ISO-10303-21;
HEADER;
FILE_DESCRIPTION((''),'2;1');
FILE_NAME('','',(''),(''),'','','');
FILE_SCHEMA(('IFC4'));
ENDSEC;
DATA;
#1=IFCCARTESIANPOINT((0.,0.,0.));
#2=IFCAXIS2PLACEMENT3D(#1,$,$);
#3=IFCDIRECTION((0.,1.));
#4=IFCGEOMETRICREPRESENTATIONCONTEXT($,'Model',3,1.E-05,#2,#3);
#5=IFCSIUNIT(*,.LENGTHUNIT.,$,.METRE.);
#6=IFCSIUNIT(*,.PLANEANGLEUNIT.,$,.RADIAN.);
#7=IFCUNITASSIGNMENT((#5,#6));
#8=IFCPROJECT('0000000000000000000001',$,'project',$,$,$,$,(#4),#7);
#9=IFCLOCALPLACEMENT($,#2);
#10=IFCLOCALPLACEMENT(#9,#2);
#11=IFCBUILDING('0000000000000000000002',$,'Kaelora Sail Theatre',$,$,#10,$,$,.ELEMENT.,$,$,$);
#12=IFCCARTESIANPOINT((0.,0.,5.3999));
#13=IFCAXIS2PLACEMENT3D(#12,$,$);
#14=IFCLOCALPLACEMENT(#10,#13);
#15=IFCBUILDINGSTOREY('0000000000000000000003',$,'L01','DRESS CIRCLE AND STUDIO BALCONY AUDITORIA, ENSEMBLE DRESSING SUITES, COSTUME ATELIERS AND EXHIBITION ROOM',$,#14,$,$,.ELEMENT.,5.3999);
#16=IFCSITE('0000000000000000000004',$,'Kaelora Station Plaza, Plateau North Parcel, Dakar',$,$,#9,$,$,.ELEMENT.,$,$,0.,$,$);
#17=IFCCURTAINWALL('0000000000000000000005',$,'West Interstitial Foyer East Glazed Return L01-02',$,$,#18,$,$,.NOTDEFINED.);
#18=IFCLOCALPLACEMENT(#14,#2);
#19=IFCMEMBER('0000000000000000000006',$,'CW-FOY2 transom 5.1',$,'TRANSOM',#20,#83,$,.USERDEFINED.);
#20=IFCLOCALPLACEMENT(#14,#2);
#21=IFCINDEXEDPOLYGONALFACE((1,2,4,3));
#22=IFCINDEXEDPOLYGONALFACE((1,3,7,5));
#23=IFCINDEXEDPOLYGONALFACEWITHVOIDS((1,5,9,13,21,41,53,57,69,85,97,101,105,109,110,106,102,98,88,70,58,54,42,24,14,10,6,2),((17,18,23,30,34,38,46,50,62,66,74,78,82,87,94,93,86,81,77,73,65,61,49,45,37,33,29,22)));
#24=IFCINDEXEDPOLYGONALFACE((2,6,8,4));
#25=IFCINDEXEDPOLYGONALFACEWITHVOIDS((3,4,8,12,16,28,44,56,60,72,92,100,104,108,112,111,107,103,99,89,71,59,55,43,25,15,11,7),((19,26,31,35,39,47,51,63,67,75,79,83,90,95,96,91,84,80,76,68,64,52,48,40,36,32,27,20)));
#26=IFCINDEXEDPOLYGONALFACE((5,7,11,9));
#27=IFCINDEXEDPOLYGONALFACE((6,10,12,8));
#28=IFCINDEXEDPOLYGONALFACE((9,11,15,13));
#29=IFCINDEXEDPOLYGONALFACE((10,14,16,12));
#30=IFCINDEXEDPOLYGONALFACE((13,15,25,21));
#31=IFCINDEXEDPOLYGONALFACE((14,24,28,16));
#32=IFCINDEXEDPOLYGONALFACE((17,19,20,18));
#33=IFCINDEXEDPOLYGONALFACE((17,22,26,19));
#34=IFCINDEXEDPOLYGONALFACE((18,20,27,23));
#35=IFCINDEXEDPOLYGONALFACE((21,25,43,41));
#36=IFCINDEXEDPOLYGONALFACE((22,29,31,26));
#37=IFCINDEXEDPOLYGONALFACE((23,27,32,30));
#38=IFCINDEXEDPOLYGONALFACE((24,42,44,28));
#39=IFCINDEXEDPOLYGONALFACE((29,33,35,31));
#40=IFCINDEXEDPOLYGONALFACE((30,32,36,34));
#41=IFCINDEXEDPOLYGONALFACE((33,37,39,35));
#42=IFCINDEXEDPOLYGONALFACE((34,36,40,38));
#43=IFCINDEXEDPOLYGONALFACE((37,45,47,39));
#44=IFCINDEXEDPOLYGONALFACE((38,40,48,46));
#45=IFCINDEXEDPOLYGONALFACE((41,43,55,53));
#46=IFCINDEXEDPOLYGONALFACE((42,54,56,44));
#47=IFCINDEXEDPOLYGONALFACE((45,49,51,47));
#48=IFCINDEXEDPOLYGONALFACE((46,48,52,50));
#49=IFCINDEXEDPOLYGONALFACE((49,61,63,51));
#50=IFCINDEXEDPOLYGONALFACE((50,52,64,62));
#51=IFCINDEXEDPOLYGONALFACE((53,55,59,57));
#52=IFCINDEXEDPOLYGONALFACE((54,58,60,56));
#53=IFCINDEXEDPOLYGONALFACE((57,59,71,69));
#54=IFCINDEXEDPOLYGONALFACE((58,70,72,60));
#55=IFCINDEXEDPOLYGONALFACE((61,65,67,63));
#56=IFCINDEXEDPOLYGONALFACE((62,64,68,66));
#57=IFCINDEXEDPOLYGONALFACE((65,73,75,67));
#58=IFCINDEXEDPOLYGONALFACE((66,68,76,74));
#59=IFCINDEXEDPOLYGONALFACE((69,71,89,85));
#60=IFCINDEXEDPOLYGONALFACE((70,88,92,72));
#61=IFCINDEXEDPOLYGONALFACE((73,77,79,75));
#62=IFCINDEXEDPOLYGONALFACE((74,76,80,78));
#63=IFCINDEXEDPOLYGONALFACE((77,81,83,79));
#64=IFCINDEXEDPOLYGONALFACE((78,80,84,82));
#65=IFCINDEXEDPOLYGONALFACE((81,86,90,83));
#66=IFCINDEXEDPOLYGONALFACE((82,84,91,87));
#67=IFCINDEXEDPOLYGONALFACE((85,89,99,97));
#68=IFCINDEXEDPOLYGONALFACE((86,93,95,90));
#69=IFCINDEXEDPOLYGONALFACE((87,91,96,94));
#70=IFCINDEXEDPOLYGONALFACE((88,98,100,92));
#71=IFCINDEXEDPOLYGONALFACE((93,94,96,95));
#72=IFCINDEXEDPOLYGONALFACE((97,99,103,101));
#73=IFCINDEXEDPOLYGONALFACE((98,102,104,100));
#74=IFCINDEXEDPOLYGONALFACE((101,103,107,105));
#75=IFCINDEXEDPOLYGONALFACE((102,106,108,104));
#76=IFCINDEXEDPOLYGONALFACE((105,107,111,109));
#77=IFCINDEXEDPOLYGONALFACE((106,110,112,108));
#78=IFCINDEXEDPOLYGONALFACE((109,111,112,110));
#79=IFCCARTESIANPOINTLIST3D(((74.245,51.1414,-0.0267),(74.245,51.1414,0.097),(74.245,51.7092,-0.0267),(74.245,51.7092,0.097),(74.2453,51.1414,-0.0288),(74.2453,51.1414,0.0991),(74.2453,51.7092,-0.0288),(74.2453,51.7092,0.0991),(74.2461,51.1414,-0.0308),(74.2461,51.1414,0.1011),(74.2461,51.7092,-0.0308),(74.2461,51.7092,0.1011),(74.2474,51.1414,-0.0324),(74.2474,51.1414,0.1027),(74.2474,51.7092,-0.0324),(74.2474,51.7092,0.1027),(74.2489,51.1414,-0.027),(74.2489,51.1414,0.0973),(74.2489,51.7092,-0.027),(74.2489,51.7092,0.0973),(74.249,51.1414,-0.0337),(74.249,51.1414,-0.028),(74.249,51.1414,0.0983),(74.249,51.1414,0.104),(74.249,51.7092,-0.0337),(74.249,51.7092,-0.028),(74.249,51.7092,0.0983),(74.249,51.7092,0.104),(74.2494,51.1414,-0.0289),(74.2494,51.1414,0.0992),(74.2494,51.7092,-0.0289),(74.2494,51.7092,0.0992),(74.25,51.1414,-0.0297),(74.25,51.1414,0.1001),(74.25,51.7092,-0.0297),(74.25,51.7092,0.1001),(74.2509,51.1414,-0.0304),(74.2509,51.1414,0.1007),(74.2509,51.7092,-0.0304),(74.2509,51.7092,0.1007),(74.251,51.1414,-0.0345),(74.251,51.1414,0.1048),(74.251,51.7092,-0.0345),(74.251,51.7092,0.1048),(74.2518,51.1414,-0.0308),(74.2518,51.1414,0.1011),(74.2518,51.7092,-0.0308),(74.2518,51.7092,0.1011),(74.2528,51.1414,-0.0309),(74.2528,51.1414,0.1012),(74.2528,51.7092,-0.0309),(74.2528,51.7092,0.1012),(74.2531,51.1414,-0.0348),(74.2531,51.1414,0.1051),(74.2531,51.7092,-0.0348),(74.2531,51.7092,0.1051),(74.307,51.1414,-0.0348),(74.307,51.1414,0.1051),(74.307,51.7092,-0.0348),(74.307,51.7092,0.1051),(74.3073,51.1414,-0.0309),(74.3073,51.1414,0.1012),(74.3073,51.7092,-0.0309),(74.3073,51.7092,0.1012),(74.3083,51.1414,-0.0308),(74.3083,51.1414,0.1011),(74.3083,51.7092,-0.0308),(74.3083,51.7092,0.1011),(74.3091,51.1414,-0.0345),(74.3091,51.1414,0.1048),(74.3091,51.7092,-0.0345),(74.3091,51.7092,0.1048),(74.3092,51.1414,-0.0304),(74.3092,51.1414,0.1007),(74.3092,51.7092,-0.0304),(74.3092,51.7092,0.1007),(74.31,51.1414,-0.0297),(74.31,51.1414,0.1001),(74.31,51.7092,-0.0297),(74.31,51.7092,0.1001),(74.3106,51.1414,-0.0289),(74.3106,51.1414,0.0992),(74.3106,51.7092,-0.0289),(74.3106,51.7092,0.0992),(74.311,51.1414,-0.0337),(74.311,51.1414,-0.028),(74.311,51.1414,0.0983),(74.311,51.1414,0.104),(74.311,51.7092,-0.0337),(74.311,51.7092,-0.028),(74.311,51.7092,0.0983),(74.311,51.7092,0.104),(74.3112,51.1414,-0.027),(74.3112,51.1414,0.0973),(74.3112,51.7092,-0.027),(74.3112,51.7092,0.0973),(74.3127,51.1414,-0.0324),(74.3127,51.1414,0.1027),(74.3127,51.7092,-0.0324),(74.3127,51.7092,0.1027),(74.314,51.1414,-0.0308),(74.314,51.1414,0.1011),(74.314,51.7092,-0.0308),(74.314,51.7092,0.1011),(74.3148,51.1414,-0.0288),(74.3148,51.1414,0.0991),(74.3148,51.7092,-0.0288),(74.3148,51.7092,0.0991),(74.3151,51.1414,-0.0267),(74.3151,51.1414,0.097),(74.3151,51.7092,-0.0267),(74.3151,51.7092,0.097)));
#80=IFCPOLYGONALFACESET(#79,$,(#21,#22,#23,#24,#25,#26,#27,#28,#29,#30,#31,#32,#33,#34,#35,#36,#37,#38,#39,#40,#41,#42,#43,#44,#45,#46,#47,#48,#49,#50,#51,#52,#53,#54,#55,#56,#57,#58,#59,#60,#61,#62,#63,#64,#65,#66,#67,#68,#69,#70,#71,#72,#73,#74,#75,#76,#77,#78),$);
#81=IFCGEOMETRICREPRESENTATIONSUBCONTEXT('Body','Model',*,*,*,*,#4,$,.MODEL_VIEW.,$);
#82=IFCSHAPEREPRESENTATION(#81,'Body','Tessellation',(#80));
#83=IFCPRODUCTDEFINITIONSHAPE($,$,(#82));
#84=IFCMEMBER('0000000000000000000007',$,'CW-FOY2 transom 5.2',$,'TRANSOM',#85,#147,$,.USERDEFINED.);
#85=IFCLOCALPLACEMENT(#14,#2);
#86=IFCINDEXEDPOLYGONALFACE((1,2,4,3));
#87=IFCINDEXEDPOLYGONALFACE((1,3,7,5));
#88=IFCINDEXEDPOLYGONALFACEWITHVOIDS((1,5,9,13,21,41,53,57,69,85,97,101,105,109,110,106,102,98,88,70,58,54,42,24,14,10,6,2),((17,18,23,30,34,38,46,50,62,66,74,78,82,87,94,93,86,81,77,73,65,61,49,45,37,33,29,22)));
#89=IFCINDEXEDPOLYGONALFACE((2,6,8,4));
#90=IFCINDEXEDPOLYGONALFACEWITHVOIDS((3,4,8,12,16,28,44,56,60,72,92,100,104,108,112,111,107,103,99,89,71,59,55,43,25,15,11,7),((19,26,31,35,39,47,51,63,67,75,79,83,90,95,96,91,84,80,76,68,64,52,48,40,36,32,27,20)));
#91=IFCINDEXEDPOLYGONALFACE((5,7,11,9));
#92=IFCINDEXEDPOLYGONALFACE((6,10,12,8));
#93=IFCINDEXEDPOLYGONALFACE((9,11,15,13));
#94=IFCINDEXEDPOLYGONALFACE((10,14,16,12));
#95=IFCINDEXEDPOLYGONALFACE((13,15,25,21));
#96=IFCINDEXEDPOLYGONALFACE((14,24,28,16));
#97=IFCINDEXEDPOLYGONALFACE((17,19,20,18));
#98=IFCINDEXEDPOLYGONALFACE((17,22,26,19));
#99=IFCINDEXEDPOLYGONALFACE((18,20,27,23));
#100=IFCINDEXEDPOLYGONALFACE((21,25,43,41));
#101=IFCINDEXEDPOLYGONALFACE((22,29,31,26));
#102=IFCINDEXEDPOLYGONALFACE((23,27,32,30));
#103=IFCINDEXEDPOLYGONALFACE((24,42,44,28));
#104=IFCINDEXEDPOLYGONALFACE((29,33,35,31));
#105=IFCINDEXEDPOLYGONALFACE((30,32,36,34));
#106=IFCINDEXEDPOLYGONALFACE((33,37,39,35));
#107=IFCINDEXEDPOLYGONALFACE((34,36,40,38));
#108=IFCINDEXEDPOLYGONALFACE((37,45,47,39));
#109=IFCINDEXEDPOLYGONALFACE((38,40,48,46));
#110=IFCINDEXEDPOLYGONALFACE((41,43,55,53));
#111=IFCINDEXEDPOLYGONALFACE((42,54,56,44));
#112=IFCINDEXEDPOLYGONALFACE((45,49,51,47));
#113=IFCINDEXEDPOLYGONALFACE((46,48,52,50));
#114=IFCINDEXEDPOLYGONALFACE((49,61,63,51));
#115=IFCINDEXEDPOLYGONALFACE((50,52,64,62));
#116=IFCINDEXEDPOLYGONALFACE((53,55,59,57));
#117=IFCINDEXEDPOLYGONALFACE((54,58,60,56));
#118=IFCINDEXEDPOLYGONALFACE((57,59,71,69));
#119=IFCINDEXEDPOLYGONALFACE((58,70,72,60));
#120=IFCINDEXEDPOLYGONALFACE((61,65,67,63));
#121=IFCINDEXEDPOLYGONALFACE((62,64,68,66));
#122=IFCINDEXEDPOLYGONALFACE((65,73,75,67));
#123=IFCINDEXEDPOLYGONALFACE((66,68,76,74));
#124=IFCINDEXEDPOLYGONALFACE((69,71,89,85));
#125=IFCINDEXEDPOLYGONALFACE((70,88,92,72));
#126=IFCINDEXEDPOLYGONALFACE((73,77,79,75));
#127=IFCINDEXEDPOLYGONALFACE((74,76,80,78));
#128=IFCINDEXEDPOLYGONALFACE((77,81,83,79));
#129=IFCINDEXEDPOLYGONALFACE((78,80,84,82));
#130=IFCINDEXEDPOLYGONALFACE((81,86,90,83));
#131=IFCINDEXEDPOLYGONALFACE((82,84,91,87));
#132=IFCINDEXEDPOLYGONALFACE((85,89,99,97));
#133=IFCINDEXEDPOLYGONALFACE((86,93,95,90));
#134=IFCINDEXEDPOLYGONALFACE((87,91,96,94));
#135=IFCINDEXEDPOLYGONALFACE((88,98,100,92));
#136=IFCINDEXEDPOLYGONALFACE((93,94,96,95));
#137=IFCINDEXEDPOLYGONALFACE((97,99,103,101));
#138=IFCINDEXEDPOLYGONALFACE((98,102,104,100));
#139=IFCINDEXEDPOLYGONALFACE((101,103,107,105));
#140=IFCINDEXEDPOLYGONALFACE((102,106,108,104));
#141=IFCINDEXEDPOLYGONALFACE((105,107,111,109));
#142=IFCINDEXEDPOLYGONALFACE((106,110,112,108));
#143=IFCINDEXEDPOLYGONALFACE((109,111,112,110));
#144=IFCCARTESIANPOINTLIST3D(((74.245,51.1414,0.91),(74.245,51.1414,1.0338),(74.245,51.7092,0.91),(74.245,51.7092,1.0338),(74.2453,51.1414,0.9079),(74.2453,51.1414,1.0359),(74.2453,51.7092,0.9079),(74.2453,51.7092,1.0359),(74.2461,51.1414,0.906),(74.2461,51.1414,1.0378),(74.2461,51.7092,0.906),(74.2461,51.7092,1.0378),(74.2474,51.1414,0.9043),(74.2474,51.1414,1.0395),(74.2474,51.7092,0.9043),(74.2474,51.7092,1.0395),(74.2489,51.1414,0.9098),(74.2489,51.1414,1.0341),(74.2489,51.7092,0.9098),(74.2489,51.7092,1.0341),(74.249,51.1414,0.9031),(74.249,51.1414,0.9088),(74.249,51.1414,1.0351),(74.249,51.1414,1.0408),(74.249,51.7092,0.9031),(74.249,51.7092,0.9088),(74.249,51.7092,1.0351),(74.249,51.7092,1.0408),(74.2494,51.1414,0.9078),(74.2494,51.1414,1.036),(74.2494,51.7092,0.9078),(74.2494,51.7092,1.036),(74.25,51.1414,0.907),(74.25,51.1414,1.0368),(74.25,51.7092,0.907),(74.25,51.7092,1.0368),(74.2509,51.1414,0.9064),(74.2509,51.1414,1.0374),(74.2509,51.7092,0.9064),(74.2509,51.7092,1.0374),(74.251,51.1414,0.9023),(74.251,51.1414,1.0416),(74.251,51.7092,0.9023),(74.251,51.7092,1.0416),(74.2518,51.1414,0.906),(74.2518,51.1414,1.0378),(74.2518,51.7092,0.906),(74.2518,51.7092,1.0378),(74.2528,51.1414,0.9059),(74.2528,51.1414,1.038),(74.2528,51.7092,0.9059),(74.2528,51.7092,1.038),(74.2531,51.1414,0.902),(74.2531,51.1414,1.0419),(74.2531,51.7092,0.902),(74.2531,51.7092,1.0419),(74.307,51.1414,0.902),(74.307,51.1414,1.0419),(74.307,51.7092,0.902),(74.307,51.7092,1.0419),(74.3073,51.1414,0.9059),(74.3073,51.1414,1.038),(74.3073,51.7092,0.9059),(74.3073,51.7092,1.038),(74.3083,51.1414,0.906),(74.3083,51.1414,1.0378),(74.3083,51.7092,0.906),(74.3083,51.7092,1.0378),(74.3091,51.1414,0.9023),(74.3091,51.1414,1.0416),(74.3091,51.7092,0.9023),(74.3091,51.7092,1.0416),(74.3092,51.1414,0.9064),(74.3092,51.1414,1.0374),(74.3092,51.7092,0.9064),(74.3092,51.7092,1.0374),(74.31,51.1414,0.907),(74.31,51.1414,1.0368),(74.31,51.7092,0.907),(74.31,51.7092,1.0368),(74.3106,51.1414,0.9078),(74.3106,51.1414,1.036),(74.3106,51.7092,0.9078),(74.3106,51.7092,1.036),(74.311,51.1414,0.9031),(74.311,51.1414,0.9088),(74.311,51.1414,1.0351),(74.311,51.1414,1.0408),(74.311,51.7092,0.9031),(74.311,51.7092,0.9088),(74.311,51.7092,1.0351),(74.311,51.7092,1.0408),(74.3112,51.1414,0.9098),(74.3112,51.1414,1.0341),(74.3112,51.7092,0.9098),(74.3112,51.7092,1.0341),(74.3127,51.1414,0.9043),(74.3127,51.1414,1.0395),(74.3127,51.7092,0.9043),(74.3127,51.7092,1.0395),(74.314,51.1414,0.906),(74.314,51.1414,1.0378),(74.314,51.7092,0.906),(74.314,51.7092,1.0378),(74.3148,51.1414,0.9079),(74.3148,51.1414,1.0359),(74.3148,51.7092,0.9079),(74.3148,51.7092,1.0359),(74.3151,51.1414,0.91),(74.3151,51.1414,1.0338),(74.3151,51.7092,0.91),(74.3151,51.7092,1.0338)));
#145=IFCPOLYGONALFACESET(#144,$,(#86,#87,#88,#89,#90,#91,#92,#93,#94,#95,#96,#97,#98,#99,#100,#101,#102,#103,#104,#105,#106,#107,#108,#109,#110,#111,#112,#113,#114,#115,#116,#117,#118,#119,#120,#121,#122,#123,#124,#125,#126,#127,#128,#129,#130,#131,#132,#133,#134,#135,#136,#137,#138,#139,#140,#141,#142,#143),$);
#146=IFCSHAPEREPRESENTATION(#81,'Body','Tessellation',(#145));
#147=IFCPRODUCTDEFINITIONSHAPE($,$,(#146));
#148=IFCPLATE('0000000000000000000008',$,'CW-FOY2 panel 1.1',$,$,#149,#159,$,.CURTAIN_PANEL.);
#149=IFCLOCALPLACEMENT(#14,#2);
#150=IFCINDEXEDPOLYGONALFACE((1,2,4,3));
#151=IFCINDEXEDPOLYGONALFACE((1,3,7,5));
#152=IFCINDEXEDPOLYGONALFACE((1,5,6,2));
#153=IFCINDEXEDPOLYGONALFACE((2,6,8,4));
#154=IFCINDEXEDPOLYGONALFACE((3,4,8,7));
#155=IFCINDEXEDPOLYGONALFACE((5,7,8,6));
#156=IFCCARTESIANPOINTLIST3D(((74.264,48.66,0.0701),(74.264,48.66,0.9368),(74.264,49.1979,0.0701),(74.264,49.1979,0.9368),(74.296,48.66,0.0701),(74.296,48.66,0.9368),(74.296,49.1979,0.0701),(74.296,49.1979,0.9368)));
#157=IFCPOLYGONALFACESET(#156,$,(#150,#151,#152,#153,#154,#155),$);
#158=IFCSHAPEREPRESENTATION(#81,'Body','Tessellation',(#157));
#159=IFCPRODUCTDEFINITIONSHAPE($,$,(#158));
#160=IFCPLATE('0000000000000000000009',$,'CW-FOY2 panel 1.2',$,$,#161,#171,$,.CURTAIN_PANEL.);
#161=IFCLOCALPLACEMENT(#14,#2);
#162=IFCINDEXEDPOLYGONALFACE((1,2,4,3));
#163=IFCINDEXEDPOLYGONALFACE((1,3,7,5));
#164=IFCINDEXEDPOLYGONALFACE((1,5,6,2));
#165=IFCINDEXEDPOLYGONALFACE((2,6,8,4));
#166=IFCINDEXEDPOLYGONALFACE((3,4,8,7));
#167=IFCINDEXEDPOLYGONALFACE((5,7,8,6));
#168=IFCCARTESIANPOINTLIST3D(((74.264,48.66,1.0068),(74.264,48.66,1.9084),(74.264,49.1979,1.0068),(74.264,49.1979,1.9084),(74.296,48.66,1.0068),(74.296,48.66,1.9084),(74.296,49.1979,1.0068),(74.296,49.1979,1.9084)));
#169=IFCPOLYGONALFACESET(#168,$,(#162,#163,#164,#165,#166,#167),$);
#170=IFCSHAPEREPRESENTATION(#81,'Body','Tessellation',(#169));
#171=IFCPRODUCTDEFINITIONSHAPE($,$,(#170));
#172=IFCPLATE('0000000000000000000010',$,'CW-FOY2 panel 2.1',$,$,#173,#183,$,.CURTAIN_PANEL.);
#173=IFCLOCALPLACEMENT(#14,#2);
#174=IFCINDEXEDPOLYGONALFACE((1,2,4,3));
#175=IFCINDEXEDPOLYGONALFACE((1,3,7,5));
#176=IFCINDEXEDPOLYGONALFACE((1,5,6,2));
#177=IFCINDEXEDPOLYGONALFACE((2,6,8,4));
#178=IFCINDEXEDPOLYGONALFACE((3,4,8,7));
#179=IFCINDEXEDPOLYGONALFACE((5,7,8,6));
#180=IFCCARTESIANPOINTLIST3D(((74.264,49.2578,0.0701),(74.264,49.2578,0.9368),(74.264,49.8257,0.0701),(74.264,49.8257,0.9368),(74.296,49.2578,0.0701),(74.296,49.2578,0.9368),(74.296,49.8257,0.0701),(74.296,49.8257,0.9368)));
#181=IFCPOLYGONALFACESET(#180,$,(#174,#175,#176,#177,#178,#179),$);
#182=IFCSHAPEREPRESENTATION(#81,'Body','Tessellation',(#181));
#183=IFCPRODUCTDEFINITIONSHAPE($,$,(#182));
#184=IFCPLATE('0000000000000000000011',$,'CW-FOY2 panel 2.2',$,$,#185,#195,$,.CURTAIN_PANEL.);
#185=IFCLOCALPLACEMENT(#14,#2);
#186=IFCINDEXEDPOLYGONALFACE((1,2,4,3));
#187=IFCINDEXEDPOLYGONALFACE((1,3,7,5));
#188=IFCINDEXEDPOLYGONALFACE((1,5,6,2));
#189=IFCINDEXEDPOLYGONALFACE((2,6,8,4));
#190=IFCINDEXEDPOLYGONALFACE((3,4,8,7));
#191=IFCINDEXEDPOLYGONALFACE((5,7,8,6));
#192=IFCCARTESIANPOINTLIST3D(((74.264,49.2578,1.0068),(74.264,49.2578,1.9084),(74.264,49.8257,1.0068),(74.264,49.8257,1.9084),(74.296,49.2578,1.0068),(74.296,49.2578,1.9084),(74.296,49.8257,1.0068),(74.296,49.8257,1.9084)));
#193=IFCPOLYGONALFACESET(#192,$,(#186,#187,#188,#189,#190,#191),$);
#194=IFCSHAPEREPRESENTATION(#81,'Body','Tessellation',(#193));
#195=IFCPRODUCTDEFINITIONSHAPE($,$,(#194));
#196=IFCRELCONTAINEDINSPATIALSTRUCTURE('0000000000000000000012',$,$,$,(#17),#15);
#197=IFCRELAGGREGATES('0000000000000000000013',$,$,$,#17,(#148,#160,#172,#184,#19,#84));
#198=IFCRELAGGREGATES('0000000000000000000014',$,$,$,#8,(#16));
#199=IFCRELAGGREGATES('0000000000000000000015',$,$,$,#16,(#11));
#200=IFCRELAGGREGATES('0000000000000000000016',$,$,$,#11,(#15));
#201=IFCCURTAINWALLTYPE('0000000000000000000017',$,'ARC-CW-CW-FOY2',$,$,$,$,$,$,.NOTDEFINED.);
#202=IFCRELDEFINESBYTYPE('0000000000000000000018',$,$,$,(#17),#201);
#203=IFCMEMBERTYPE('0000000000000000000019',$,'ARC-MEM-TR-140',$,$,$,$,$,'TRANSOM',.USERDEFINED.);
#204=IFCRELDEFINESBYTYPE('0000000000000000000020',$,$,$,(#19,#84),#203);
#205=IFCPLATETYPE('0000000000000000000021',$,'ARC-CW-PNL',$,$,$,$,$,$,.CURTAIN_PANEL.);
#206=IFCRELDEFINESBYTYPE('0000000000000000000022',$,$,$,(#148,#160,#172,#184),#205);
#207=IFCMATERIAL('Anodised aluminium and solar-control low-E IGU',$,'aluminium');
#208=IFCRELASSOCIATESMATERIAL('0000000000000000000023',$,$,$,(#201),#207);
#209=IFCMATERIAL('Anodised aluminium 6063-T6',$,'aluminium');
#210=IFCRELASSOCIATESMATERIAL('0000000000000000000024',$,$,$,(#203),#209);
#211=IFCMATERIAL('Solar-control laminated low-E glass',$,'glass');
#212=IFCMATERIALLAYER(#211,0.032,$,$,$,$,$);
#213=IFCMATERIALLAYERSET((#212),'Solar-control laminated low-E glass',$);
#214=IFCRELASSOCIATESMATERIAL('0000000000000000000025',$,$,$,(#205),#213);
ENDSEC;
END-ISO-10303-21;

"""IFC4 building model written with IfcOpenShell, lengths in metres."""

from ifc_helpers import new_model, si_unit, direction, frame, origin, origin_2d, place, context, subcontext, project, spatial, rectangle, hollow_rectangle, extrude, material, layer, layer_set, material_profile, profile_set, type_object, element, aggregate, save


model = new_model("IFC4")

# Units and contexts
model_context = context("Model", 3, precision=1e-05, world=origin(), true_north=direction((0.0, 1.0)))
body_context = subcontext(model_context, "Body", "Model", "MODEL_VIEW")
ifc_project = project(units=[si_unit("LENGTHUNIT", "METRE"), si_unit("PLANEANGLEUNIT", "RADIAN")], contexts=[model_context])

# Site, building, storey
site_placement = place(None, origin())
site = spatial("IfcSite", under=ifc_project, at=site_placement, Name="Kaelora Station Plaza, Plateau North Parcel, Dakar", CompositionType="ELEMENT", RefElevation=0.0)
building_placement = place(site_placement, origin())
building = spatial("IfcBuilding", under=site, at=building_placement, Name="Kaelora Sail Theatre", CompositionType="ELEMENT")
storey_placement = place(building_placement, frame((0.0, 0.0, 5.3999)))
storey = spatial("IfcBuildingStorey", under=building, at=storey_placement, Name="L01", Description="DRESS CIRCLE AND STUDIO BALCONY AUDITORIA, ENSEMBLE DRESSING SUITES, COSTUME ATELIERS AND EXHIBITION ROOM", CompositionType="ELEMENT", Elevation=5.3999)

# Shared definitions
ifc_material_1 = material(Name="Anodised aluminium and solar-control low-E IGU", Category="aluminium")
curtain_wall_type = type_object("IfcCurtainWallType", Name="ARC-CW-CW-FOY2", PredefinedType="NOTDEFINED", material=ifc_material_1)

# Curtain wall, members, plates
curtain_wall_1_placement = place(storey_placement, origin())
curtain_wall_1 = element("IfcCurtainWall", 1, at=curtain_wall_1_placement, inside=storey, type_object=curtain_wall_type, Name="West Interstitial Foyer East Glazed Return L01-02", PredefinedType="NOTDEFINED")
ifc_material_2 = material(Name="Anodised aluminium 6063-T6", Category="aluminium")
ifc_material_profile_1 = material_profile(ifc_material_2, hollow_rectangle(XDim=0.0701, YDim=0.1399, WallThickness=0.0039, InnerFilletRadius=0.0039, OuterFilletRadius=0.0081, at=origin_2d()), Name="ALU-TRAN 70x140x4")
ifc_profile_set_1 = profile_set([ifc_material_profile_1], Name="Anodised aluminium 6063-T6")
member_type_1 = type_object("IfcMemberType", Name="ARC-MEM-TR-140", ElementType="TRANSOM", PredefinedType="USERDEFINED", material=ifc_profile_set_1)
member_1_placement = place(storey_placement, frame((74.28, 51.1414, 0.0352), z_axis=(0.0, 1.0, 0.0), x_axis=(-1.0, 0.0, 0.0)))
member_1 = element("IfcMember", 2, at=member_1_placement, type_object=member_type_1, Name="CW-FOY2 transom 5.1", ObjectType="TRANSOM", PredefinedType="USERDEFINED", context=body_context, shape_type="SweptSolid", body=[
    extrude(hollow_rectangle(XDim=0.0701, YDim=0.1399, WallThickness=0.0039, InnerFilletRadius=0.0039, OuterFilletRadius=0.0081, at=origin_2d()), origin(), (0.0, 0.0, 1.0), 0.5679),
])
member_2_placement = place(storey_placement, frame((74.28, 51.1414, 0.9719), z_axis=(0.0, 1.0, 0.0), x_axis=(-1.0, 0.0, 0.0)))
member_2 = element("IfcMember", 3, at=member_2_placement, type_object=member_type_1, Name="CW-FOY2 transom 5.2", ObjectType="TRANSOM", PredefinedType="USERDEFINED", context=body_context, shape_type="SweptSolid", body=[
    extrude(hollow_rectangle(XDim=0.0701, YDim=0.1399, WallThickness=0.0039, InnerFilletRadius=0.0039, OuterFilletRadius=0.0081, at=origin_2d()), origin(), (0.0, 0.0, 1.0), 0.5679),
])
ifc_material_3 = material(Name="Solar-control laminated low-E glass", Category="glass")
ifc_layer = layer(ifc_material_3, 0.032)
ifc_layer_set = layer_set([ifc_layer], Name="Solar-control laminated low-E glass")
plate_type = type_object("IfcPlateType", Name="ARC-CW-PNL", PredefinedType="CURTAIN_PANEL", material=ifc_layer_set)
plate_1_placement = place(storey_placement, frame((74.28, 48.929, 0.0701), z_axis=(0.0, 0.0, 1.0), x_axis=(0.0, 1.0, 0.0)))
plate_1 = element("IfcPlate", 4, at=plate_1_placement, type_object=plate_type, Name="CW-FOY2 panel 1.1", PredefinedType="CURTAIN_PANEL", context=body_context, shape_type="SweptSolid", body=[
    extrude(rectangle(XDim=0.5378, YDim=0.032, at=origin_2d()), origin(), (0.0, 0.0, 1.0), 0.8667),
])
plate_2_placement = place(storey_placement, frame((74.28, 48.929, 1.0068), z_axis=(0.0, 0.0, 1.0), x_axis=(0.0, 1.0, 0.0)))
plate_2 = element("IfcPlate", 5, at=plate_2_placement, type_object=plate_type, Name="CW-FOY2 panel 1.2", PredefinedType="CURTAIN_PANEL", context=body_context, shape_type="SweptSolid", body=[
    extrude(rectangle(XDim=0.5378, YDim=0.032, at=origin_2d()), origin(), (0.0, 0.0, 1.0), 0.9016),
])
plate_3_placement = place(storey_placement, frame((74.28, 49.5417, 0.0701), z_axis=(0.0, 0.0, 1.0), x_axis=(0.0, 1.0, 0.0)))
plate_3 = element("IfcPlate", 6, at=plate_3_placement, type_object=plate_type, Name="CW-FOY2 panel 2.1", PredefinedType="CURTAIN_PANEL", context=body_context, shape_type="SweptSolid", body=[
    extrude(rectangle(XDim=0.5679, YDim=0.032, at=origin_2d()), origin(), (0.0, 0.0, 1.0), 0.8667),
])
plate_4_placement = place(storey_placement, frame((74.28, 49.5417, 1.0068), z_axis=(0.0, 0.0, 1.0), x_axis=(0.0, 1.0, 0.0)))
plate_4 = element("IfcPlate", 7, at=plate_4_placement, type_object=plate_type, Name="CW-FOY2 panel 2.2", PredefinedType="CURTAIN_PANEL", context=body_context, shape_type="SweptSolid", body=[
    extrude(rectangle(XDim=0.5679, YDim=0.032, at=origin_2d()), origin(), (0.0, 0.0, 1.0), 0.9016),
])
aggregate(curtain_wall_1, [plate_1, plate_2, plate_3, plate_4, member_1, member_2])

save(model, "model.ifc")
